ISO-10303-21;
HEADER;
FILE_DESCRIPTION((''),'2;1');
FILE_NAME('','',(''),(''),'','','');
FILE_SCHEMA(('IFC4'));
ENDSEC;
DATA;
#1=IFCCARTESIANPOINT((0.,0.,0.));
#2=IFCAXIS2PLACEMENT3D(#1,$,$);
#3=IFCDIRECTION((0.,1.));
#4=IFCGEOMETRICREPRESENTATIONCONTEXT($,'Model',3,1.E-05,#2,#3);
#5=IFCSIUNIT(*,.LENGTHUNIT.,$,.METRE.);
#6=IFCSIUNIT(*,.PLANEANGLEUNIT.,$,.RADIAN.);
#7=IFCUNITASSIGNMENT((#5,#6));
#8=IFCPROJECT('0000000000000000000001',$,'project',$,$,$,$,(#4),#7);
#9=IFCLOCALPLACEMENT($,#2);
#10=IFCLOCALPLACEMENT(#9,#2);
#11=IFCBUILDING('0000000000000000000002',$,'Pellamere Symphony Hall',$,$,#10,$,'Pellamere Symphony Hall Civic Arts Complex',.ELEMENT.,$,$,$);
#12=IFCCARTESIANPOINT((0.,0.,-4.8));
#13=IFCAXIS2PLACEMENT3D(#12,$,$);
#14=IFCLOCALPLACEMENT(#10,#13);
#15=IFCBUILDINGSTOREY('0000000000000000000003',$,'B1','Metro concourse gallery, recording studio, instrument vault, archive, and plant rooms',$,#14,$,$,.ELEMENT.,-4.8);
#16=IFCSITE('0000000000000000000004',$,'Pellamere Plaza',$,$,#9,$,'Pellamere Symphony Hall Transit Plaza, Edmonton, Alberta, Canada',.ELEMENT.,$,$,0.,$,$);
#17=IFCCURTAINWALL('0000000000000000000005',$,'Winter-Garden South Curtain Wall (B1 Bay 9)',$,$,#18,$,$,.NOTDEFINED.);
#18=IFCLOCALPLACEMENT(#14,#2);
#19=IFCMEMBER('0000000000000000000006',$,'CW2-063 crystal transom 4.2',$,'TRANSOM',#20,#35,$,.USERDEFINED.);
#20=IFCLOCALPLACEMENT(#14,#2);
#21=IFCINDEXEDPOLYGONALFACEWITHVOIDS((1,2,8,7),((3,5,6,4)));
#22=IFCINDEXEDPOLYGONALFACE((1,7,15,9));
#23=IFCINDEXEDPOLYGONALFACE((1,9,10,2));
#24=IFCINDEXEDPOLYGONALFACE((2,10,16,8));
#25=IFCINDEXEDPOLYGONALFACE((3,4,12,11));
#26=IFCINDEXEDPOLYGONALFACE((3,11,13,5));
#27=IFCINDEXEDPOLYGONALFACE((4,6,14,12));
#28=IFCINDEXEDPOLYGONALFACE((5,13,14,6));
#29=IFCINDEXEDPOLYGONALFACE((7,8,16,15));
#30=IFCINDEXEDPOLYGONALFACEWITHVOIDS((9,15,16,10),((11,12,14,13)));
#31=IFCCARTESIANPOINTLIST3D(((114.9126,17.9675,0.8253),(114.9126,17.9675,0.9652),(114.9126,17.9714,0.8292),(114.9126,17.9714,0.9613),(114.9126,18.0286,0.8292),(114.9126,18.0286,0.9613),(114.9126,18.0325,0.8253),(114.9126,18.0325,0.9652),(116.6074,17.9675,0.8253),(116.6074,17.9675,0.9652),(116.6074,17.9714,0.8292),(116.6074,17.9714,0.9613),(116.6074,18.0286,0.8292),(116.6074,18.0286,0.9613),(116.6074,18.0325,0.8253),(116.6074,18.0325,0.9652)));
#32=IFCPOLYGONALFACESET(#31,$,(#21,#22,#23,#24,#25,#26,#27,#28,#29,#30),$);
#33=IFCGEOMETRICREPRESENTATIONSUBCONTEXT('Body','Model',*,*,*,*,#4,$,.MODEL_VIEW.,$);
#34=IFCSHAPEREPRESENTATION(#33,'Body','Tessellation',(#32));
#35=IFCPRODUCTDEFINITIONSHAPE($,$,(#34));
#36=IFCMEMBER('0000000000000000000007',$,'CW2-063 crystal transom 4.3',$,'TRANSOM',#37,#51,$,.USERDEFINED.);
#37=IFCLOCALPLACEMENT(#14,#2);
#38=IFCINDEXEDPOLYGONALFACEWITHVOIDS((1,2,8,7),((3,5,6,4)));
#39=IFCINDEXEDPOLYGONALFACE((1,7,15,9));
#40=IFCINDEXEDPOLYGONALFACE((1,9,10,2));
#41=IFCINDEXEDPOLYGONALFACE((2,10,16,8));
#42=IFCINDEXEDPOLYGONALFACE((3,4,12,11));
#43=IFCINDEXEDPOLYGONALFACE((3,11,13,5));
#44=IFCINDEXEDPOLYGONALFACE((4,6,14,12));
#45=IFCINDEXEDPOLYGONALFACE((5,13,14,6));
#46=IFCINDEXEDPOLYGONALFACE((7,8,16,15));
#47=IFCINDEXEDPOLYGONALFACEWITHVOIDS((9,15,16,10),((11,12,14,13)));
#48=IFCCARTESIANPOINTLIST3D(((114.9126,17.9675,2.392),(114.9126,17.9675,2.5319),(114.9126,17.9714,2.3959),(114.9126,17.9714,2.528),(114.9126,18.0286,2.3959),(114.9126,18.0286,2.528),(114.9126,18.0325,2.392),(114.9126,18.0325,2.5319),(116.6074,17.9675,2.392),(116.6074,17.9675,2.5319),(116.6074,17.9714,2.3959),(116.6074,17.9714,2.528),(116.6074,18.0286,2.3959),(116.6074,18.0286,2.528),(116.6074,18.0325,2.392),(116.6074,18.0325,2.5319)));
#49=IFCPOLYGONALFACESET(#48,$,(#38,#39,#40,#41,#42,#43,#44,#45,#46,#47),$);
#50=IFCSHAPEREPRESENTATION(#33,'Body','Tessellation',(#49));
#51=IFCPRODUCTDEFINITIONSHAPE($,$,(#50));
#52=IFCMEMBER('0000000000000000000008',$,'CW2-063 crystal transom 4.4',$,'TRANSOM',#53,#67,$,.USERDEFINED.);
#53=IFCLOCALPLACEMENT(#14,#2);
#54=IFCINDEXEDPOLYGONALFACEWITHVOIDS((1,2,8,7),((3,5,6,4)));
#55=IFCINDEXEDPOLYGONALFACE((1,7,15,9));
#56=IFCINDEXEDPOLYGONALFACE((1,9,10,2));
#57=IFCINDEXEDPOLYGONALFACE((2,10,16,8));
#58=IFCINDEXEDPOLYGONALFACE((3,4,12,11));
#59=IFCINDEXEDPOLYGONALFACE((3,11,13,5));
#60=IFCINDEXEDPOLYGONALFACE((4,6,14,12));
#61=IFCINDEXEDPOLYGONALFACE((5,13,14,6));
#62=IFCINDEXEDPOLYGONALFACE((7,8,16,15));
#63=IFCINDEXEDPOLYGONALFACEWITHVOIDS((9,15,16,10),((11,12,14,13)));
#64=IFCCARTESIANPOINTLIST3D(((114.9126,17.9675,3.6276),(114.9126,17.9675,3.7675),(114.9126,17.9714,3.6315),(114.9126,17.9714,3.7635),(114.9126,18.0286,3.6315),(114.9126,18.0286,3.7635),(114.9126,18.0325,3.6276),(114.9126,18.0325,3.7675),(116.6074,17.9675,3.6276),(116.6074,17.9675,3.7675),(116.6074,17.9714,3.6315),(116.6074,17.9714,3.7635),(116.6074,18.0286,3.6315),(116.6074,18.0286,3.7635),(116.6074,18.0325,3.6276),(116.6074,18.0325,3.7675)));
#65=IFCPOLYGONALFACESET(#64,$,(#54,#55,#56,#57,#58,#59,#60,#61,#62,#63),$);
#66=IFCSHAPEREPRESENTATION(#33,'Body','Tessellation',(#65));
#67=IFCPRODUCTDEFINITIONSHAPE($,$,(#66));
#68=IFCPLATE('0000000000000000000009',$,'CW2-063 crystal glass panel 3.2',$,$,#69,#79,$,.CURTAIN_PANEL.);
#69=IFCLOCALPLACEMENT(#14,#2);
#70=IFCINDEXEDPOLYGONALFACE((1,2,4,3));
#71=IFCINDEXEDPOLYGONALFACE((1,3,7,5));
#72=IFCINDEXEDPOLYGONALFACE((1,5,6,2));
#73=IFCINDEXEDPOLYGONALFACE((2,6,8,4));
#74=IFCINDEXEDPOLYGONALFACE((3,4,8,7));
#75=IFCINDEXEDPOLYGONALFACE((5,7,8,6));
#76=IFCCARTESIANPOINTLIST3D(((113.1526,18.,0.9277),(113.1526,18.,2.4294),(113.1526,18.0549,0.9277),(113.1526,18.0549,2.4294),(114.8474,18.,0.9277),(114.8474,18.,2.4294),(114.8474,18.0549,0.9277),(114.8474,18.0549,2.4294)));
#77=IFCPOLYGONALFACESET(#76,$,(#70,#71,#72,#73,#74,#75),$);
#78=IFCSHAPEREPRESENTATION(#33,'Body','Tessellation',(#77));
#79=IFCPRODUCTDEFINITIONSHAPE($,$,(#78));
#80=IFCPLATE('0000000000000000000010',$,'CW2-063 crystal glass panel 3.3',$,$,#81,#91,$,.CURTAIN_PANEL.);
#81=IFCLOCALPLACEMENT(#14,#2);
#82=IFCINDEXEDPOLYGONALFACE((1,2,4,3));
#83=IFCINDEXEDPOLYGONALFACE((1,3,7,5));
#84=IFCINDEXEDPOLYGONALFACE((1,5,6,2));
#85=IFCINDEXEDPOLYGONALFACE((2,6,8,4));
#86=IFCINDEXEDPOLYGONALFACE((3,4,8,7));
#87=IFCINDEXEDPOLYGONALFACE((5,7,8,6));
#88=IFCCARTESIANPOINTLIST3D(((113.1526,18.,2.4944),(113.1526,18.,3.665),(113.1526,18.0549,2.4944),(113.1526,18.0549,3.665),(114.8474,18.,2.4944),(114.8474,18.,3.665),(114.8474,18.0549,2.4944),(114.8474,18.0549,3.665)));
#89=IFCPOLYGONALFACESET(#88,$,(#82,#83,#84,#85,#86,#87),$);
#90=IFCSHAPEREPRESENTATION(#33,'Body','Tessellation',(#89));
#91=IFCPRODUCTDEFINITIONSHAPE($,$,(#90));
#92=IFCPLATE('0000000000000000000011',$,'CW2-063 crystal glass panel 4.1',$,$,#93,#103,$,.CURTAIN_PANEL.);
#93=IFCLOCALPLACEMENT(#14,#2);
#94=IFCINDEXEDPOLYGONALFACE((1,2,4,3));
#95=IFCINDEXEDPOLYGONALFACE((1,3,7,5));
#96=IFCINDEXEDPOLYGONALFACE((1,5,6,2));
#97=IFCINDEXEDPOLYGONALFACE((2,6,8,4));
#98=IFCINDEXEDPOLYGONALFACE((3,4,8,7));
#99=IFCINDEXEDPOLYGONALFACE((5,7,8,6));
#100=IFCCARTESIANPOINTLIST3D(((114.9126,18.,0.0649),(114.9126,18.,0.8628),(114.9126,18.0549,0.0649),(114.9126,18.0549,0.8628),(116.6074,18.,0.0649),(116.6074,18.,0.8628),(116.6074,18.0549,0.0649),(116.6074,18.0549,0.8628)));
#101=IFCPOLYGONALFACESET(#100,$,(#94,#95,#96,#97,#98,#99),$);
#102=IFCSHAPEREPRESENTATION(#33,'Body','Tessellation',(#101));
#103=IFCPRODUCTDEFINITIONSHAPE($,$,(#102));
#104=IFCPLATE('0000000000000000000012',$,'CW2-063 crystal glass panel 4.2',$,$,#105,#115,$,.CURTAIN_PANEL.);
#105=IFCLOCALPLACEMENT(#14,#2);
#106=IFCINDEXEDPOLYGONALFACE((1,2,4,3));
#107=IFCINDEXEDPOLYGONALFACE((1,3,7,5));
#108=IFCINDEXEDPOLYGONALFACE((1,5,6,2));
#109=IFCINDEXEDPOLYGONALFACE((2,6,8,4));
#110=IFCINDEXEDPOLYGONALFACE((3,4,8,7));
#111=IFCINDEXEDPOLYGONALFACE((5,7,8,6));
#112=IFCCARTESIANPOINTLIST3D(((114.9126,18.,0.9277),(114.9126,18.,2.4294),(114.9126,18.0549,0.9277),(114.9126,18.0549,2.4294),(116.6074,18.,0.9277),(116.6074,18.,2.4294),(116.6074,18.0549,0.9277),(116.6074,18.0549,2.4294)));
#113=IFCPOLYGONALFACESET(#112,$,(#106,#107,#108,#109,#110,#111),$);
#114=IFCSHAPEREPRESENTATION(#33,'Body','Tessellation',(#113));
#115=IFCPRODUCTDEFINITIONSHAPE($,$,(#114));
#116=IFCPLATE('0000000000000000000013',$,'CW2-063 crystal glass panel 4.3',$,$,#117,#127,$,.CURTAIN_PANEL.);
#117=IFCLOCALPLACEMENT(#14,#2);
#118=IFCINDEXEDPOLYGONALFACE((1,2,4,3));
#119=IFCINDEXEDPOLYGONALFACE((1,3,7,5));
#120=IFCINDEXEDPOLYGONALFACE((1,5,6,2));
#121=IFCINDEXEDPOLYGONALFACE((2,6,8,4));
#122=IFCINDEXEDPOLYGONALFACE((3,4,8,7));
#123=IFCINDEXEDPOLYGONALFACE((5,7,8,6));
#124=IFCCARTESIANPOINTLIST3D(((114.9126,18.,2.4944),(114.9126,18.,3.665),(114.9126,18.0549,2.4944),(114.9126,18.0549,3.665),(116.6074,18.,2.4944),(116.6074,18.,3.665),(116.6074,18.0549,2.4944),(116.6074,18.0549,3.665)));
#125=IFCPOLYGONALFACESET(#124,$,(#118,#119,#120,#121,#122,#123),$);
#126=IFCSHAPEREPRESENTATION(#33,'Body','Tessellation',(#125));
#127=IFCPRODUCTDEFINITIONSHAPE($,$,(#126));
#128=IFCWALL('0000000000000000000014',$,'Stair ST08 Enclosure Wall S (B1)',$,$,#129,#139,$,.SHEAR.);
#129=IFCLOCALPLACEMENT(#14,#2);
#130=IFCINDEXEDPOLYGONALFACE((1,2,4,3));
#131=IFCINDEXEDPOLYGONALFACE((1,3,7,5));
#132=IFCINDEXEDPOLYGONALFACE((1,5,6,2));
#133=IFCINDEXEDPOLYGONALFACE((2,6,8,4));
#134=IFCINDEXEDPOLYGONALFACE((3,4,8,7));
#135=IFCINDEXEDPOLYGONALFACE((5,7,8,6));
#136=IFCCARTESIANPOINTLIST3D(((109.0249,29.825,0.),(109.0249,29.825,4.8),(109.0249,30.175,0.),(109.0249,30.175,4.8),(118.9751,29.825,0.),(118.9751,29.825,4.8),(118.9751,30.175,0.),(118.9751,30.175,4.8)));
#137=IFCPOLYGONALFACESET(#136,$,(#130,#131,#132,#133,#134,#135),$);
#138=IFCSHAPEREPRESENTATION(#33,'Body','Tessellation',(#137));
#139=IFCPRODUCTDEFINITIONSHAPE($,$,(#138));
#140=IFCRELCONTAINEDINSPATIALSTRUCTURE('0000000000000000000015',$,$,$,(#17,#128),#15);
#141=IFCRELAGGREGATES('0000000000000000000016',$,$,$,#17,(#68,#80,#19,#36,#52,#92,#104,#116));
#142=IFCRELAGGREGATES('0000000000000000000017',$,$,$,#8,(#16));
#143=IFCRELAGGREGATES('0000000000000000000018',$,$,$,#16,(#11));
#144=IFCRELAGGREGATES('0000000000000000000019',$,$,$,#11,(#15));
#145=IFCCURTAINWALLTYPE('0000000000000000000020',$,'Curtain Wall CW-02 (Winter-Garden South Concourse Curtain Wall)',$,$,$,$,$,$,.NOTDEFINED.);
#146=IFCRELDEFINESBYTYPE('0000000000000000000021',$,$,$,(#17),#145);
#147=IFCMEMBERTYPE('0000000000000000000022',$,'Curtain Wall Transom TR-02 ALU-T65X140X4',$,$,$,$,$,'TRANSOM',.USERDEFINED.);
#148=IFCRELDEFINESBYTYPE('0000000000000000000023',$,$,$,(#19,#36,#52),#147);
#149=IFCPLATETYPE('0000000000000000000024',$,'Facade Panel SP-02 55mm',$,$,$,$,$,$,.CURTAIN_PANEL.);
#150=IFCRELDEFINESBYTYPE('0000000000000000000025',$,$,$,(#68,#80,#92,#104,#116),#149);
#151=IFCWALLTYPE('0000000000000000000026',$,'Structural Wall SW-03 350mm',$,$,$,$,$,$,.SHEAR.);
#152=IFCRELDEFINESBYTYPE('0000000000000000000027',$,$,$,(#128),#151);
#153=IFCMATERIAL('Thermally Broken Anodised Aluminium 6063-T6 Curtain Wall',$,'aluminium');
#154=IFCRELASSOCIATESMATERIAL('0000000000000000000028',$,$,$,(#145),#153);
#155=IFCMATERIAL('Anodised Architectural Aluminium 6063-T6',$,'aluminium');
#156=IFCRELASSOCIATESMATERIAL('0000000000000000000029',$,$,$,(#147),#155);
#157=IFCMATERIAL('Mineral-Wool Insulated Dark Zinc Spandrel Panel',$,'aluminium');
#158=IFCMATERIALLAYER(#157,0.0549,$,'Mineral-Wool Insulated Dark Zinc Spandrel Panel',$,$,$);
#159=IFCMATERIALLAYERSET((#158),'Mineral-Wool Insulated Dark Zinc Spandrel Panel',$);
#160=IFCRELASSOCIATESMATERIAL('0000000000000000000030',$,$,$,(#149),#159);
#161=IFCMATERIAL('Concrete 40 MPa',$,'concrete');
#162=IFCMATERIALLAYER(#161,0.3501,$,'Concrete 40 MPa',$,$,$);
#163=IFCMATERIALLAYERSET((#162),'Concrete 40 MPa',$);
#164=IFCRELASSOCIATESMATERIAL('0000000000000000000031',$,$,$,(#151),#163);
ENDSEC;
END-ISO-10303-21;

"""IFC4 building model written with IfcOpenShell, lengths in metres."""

from ifc_helpers import new_model, si_unit, direction, frame, frame_2d, origin, origin_2d, place, context, subcontext, project, spatial, polyline, rectangle, hollow_rectangle, outline, extrude, material, layer, layer_set, material_profile, profile_set, type_object, element, aggregate, save


model = new_model("IFC4")

# Units and contexts
model_context = context("Model", 3, precision=1e-05, world=origin(), true_north=direction((0.0, 1.0)))
body_context = subcontext(model_context, "Body", "Model", "MODEL_VIEW")
ifc_project = project(units=[si_unit("LENGTHUNIT", "METRE"), si_unit("PLANEANGLEUNIT", "RADIAN")], contexts=[model_context])

# Site, building, storey
site_placement = place(None, origin())
site = spatial("IfcSite", under=ifc_project, at=site_placement, Name="Pellamere Plaza", LongName="Pellamere Symphony Hall Transit Plaza, Edmonton, Alberta, Canada", CompositionType="ELEMENT", RefElevation=0.0)
building_placement = place(site_placement, origin())
building = spatial("IfcBuilding", under=site, at=building_placement, Name="Pellamere Symphony Hall", LongName="Pellamere Symphony Hall Civic Arts Complex", CompositionType="ELEMENT")
storey_placement = place(building_placement, frame((0.0, 0.0, -4.8)))
storey = spatial("IfcBuildingStorey", under=building, at=storey_placement, Name="B1", Description="Metro concourse gallery, recording studio, instrument vault, archive, and plant rooms", CompositionType="ELEMENT", Elevation=-4.8)

# Shared definitions
ifc_material_1 = material(Name="Concrete 40 MPa", Category="concrete")

# Curtain wall, members, plates
ifc_material_2 = material(Name="Thermally Broken Anodised Aluminium 6063-T6 Curtain Wall", Category="aluminium")
curtain_wall_type = type_object("IfcCurtainWallType", Name="Curtain Wall CW-02 (Winter-Garden South Concourse Curtain Wall)", PredefinedType="NOTDEFINED", material=ifc_material_2)
curtain_wall_placement = place(storey_placement, origin())
curtain_wall = element("IfcCurtainWall", 1, at=curtain_wall_placement, inside=storey, type_object=curtain_wall_type, Name="Winter-Garden South Curtain Wall (B1 Bay 9)", PredefinedType="NOTDEFINED")
ifc_material_3 = material(Name="Anodised Architectural Aluminium 6063-T6", Category="aluminium")
ifc_material_profile_1 = material_profile(ifc_material_3, hollow_rectangle(XDim=0.0649, YDim=0.1399, WallThickness=0.0039, at=origin_2d()), Name="ALU-T65X140X4")
ifc_profile_set_1 = profile_set([ifc_material_profile_1], Name="Anodised Architectural Aluminium 6063-T6")
member_type_1 = type_object("IfcMemberType", Name="Curtain Wall Transom TR-02 ALU-T65X140X4", ElementType="TRANSOM", PredefinedType="USERDEFINED", material=ifc_profile_set_1)
member_1_placement = place(storey_placement, frame((114.9126, 18.0, 0.8953), z_axis=(1.0, 0.0, 0.0), x_axis=(0.0, 1.0, 0.0)))
member_1 = element("IfcMember", 2, at=member_1_placement, type_object=member_type_1, Name="CW2-063 crystal transom 4.2", ObjectType="TRANSOM", PredefinedType="USERDEFINED", context=body_context, shape_type="SweptSolid", body=[
    extrude(hollow_rectangle(XDim=0.0649, YDim=0.1399, WallThickness=0.0039, at=origin_2d()), origin(), (0.0, 0.0, 1.0), 1.6948),
])
member_2_placement = place(storey_placement, frame((114.9126, 18.0, 2.4619), z_axis=(1.0, 0.0, 0.0), x_axis=(0.0, 1.0, 0.0)))
member_2 = element("IfcMember", 3, at=member_2_placement, type_object=member_type_1, Name="CW2-063 crystal transom 4.3", ObjectType="TRANSOM", PredefinedType="USERDEFINED", context=body_context, shape_type="SweptSolid", body=[
    extrude(hollow_rectangle(XDim=0.0649, YDim=0.1399, WallThickness=0.0039, at=origin_2d()), origin(), (0.0, 0.0, 1.0), 1.6948),
])
member_3_placement = place(storey_placement, frame((114.9126, 18.0, 3.6975), z_axis=(1.0, 0.0, 0.0), x_axis=(0.0, 1.0, 0.0)))
member_3 = element("IfcMember", 4, at=member_3_placement, type_object=member_type_1, Name="CW2-063 crystal transom 4.4", ObjectType="TRANSOM", PredefinedType="USERDEFINED", context=body_context, shape_type="SweptSolid", body=[
    extrude(hollow_rectangle(XDim=0.0649, YDim=0.1399, WallThickness=0.0039, at=origin_2d()), origin(), (0.0, 0.0, 1.0), 1.6948),
])
ifc_material_4 = material(Name="Mineral-Wool Insulated Dark Zinc Spandrel Panel", Category="aluminium")
ifc_layer_1 = layer(ifc_material_4, 0.0549, Name="Mineral-Wool Insulated Dark Zinc Spandrel Panel")
ifc_layer_set_1 = layer_set([ifc_layer_1], Name="Mineral-Wool Insulated Dark Zinc Spandrel Panel")
plate_type = type_object("IfcPlateType", Name="Facade Panel SP-02 55mm", PredefinedType="CURTAIN_PANEL", material=ifc_layer_set_1)
plate_1_placement = place(storey_placement, frame((113.1526, 18.0, 0.9277), z_axis=(0.0, -1.0, 0.0), x_axis=(1.0, 0.0, 0.0)))
plate_1 = element("IfcPlate", 5, at=plate_1_placement, type_object=plate_type, Name="CW2-063 crystal glass panel 3.2", PredefinedType="CURTAIN_PANEL", context=body_context, shape_type="SweptSolid", body=[
    extrude(outline(polyline([(0.0, 0.0), (1.6948, 0.0), (1.6948, 1.5017), (0.0, 1.5017), (0.0, 0.0)])), origin(), (0.0, 0.0, -1.0), 0.0549),
])
plate_2_placement = place(storey_placement, frame((113.1526, 18.0, 2.4944), z_axis=(0.0, -1.0, 0.0), x_axis=(1.0, 0.0, 0.0)))
plate_2 = element("IfcPlate", 6, at=plate_2_placement, type_object=plate_type, Name="CW2-063 crystal glass panel 3.3", PredefinedType="CURTAIN_PANEL", context=body_context, shape_type="SweptSolid", body=[
    extrude(outline(polyline([(0.0, 0.0), (1.6948, 0.0), (1.6948, 1.1707), (0.0, 1.1707), (0.0, 0.0)])), origin(), (0.0, 0.0, -1.0), 0.0549),
])
plate_3_placement = place(storey_placement, frame((114.9126, 18.0, 0.0649), z_axis=(0.0, -1.0, 0.0), x_axis=(1.0, 0.0, 0.0)))
plate_3 = element("IfcPlate", 7, at=plate_3_placement, type_object=plate_type, Name="CW2-063 crystal glass panel 4.1", PredefinedType="CURTAIN_PANEL", context=body_context, shape_type="SweptSolid", body=[
    extrude(outline(polyline([(0.0, 0.0), (1.6948, 0.0), (1.6948, 0.7979), (0.0, 0.7979), (0.0, 0.0)])), origin(), (0.0, 0.0, -1.0), 0.0549),
])
plate_4_placement = place(storey_placement, frame((114.9126, 18.0, 0.9277), z_axis=(0.0, -1.0, 0.0), x_axis=(1.0, 0.0, 0.0)))
plate_4 = element("IfcPlate", 8, at=plate_4_placement, type_object=plate_type, Name="CW2-063 crystal glass panel 4.2", PredefinedType="CURTAIN_PANEL", context=body_context, shape_type="SweptSolid", body=[
    extrude(outline(polyline([(0.0, 0.0), (1.6948, 0.0), (1.6948, 1.5017), (0.0, 1.5017), (0.0, 0.0)])), origin(), (0.0, 0.0, -1.0), 0.0549),
])
plate_5_placement = place(storey_placement, frame((114.9126, 18.0, 2.4944), z_axis=(0.0, -1.0, 0.0), x_axis=(1.0, 0.0, 0.0)))
plate_5 = element("IfcPlate", 9, at=plate_5_placement, type_object=plate_type, Name="CW2-063 crystal glass panel 4.3", PredefinedType="CURTAIN_PANEL", context=body_context, shape_type="SweptSolid", body=[
    extrude(outline(polyline([(0.0, 0.0), (1.6948, 0.0), (1.6948, 1.1707), (0.0, 1.1707), (0.0, 0.0)])), origin(), (0.0, 0.0, -1.0), 0.0549),
])
aggregate(curtain_wall, [plate_1, plate_2, member_1, member_2, member_3, plate_3, plate_4, plate_5])

# Wall
ifc_layer_2 = layer(ifc_material_1, 0.3501, Name="Concrete 40 MPa")
ifc_layer_set_2 = layer_set([ifc_layer_2], Name="Concrete 40 MPa")
wall_type = type_object("IfcWallType", Name="Structural Wall SW-03 350mm", PredefinedType="SHEAR", material=ifc_layer_set_2)
wall_placement = place(storey_placement, frame((109.0249, 30.0, 0.0), z_axis=(0.0, 0.0, 1.0), x_axis=(1.0, 0.0, 0.0)))
element("IfcWall", 10, at=wall_placement, inside=storey, type_object=wall_type, Name="Stair ST08 Enclosure Wall S (B1)", PredefinedType="SHEAR", context=body_context, shape_type="SweptSolid", body=[
    extrude(rectangle(XDim=9.9502, YDim=0.3501, at=frame_2d((4.9751, 0.0))), origin(), (0.0, 0.0, 1.0), 4.8),
])

save(model, "model.ifc")
